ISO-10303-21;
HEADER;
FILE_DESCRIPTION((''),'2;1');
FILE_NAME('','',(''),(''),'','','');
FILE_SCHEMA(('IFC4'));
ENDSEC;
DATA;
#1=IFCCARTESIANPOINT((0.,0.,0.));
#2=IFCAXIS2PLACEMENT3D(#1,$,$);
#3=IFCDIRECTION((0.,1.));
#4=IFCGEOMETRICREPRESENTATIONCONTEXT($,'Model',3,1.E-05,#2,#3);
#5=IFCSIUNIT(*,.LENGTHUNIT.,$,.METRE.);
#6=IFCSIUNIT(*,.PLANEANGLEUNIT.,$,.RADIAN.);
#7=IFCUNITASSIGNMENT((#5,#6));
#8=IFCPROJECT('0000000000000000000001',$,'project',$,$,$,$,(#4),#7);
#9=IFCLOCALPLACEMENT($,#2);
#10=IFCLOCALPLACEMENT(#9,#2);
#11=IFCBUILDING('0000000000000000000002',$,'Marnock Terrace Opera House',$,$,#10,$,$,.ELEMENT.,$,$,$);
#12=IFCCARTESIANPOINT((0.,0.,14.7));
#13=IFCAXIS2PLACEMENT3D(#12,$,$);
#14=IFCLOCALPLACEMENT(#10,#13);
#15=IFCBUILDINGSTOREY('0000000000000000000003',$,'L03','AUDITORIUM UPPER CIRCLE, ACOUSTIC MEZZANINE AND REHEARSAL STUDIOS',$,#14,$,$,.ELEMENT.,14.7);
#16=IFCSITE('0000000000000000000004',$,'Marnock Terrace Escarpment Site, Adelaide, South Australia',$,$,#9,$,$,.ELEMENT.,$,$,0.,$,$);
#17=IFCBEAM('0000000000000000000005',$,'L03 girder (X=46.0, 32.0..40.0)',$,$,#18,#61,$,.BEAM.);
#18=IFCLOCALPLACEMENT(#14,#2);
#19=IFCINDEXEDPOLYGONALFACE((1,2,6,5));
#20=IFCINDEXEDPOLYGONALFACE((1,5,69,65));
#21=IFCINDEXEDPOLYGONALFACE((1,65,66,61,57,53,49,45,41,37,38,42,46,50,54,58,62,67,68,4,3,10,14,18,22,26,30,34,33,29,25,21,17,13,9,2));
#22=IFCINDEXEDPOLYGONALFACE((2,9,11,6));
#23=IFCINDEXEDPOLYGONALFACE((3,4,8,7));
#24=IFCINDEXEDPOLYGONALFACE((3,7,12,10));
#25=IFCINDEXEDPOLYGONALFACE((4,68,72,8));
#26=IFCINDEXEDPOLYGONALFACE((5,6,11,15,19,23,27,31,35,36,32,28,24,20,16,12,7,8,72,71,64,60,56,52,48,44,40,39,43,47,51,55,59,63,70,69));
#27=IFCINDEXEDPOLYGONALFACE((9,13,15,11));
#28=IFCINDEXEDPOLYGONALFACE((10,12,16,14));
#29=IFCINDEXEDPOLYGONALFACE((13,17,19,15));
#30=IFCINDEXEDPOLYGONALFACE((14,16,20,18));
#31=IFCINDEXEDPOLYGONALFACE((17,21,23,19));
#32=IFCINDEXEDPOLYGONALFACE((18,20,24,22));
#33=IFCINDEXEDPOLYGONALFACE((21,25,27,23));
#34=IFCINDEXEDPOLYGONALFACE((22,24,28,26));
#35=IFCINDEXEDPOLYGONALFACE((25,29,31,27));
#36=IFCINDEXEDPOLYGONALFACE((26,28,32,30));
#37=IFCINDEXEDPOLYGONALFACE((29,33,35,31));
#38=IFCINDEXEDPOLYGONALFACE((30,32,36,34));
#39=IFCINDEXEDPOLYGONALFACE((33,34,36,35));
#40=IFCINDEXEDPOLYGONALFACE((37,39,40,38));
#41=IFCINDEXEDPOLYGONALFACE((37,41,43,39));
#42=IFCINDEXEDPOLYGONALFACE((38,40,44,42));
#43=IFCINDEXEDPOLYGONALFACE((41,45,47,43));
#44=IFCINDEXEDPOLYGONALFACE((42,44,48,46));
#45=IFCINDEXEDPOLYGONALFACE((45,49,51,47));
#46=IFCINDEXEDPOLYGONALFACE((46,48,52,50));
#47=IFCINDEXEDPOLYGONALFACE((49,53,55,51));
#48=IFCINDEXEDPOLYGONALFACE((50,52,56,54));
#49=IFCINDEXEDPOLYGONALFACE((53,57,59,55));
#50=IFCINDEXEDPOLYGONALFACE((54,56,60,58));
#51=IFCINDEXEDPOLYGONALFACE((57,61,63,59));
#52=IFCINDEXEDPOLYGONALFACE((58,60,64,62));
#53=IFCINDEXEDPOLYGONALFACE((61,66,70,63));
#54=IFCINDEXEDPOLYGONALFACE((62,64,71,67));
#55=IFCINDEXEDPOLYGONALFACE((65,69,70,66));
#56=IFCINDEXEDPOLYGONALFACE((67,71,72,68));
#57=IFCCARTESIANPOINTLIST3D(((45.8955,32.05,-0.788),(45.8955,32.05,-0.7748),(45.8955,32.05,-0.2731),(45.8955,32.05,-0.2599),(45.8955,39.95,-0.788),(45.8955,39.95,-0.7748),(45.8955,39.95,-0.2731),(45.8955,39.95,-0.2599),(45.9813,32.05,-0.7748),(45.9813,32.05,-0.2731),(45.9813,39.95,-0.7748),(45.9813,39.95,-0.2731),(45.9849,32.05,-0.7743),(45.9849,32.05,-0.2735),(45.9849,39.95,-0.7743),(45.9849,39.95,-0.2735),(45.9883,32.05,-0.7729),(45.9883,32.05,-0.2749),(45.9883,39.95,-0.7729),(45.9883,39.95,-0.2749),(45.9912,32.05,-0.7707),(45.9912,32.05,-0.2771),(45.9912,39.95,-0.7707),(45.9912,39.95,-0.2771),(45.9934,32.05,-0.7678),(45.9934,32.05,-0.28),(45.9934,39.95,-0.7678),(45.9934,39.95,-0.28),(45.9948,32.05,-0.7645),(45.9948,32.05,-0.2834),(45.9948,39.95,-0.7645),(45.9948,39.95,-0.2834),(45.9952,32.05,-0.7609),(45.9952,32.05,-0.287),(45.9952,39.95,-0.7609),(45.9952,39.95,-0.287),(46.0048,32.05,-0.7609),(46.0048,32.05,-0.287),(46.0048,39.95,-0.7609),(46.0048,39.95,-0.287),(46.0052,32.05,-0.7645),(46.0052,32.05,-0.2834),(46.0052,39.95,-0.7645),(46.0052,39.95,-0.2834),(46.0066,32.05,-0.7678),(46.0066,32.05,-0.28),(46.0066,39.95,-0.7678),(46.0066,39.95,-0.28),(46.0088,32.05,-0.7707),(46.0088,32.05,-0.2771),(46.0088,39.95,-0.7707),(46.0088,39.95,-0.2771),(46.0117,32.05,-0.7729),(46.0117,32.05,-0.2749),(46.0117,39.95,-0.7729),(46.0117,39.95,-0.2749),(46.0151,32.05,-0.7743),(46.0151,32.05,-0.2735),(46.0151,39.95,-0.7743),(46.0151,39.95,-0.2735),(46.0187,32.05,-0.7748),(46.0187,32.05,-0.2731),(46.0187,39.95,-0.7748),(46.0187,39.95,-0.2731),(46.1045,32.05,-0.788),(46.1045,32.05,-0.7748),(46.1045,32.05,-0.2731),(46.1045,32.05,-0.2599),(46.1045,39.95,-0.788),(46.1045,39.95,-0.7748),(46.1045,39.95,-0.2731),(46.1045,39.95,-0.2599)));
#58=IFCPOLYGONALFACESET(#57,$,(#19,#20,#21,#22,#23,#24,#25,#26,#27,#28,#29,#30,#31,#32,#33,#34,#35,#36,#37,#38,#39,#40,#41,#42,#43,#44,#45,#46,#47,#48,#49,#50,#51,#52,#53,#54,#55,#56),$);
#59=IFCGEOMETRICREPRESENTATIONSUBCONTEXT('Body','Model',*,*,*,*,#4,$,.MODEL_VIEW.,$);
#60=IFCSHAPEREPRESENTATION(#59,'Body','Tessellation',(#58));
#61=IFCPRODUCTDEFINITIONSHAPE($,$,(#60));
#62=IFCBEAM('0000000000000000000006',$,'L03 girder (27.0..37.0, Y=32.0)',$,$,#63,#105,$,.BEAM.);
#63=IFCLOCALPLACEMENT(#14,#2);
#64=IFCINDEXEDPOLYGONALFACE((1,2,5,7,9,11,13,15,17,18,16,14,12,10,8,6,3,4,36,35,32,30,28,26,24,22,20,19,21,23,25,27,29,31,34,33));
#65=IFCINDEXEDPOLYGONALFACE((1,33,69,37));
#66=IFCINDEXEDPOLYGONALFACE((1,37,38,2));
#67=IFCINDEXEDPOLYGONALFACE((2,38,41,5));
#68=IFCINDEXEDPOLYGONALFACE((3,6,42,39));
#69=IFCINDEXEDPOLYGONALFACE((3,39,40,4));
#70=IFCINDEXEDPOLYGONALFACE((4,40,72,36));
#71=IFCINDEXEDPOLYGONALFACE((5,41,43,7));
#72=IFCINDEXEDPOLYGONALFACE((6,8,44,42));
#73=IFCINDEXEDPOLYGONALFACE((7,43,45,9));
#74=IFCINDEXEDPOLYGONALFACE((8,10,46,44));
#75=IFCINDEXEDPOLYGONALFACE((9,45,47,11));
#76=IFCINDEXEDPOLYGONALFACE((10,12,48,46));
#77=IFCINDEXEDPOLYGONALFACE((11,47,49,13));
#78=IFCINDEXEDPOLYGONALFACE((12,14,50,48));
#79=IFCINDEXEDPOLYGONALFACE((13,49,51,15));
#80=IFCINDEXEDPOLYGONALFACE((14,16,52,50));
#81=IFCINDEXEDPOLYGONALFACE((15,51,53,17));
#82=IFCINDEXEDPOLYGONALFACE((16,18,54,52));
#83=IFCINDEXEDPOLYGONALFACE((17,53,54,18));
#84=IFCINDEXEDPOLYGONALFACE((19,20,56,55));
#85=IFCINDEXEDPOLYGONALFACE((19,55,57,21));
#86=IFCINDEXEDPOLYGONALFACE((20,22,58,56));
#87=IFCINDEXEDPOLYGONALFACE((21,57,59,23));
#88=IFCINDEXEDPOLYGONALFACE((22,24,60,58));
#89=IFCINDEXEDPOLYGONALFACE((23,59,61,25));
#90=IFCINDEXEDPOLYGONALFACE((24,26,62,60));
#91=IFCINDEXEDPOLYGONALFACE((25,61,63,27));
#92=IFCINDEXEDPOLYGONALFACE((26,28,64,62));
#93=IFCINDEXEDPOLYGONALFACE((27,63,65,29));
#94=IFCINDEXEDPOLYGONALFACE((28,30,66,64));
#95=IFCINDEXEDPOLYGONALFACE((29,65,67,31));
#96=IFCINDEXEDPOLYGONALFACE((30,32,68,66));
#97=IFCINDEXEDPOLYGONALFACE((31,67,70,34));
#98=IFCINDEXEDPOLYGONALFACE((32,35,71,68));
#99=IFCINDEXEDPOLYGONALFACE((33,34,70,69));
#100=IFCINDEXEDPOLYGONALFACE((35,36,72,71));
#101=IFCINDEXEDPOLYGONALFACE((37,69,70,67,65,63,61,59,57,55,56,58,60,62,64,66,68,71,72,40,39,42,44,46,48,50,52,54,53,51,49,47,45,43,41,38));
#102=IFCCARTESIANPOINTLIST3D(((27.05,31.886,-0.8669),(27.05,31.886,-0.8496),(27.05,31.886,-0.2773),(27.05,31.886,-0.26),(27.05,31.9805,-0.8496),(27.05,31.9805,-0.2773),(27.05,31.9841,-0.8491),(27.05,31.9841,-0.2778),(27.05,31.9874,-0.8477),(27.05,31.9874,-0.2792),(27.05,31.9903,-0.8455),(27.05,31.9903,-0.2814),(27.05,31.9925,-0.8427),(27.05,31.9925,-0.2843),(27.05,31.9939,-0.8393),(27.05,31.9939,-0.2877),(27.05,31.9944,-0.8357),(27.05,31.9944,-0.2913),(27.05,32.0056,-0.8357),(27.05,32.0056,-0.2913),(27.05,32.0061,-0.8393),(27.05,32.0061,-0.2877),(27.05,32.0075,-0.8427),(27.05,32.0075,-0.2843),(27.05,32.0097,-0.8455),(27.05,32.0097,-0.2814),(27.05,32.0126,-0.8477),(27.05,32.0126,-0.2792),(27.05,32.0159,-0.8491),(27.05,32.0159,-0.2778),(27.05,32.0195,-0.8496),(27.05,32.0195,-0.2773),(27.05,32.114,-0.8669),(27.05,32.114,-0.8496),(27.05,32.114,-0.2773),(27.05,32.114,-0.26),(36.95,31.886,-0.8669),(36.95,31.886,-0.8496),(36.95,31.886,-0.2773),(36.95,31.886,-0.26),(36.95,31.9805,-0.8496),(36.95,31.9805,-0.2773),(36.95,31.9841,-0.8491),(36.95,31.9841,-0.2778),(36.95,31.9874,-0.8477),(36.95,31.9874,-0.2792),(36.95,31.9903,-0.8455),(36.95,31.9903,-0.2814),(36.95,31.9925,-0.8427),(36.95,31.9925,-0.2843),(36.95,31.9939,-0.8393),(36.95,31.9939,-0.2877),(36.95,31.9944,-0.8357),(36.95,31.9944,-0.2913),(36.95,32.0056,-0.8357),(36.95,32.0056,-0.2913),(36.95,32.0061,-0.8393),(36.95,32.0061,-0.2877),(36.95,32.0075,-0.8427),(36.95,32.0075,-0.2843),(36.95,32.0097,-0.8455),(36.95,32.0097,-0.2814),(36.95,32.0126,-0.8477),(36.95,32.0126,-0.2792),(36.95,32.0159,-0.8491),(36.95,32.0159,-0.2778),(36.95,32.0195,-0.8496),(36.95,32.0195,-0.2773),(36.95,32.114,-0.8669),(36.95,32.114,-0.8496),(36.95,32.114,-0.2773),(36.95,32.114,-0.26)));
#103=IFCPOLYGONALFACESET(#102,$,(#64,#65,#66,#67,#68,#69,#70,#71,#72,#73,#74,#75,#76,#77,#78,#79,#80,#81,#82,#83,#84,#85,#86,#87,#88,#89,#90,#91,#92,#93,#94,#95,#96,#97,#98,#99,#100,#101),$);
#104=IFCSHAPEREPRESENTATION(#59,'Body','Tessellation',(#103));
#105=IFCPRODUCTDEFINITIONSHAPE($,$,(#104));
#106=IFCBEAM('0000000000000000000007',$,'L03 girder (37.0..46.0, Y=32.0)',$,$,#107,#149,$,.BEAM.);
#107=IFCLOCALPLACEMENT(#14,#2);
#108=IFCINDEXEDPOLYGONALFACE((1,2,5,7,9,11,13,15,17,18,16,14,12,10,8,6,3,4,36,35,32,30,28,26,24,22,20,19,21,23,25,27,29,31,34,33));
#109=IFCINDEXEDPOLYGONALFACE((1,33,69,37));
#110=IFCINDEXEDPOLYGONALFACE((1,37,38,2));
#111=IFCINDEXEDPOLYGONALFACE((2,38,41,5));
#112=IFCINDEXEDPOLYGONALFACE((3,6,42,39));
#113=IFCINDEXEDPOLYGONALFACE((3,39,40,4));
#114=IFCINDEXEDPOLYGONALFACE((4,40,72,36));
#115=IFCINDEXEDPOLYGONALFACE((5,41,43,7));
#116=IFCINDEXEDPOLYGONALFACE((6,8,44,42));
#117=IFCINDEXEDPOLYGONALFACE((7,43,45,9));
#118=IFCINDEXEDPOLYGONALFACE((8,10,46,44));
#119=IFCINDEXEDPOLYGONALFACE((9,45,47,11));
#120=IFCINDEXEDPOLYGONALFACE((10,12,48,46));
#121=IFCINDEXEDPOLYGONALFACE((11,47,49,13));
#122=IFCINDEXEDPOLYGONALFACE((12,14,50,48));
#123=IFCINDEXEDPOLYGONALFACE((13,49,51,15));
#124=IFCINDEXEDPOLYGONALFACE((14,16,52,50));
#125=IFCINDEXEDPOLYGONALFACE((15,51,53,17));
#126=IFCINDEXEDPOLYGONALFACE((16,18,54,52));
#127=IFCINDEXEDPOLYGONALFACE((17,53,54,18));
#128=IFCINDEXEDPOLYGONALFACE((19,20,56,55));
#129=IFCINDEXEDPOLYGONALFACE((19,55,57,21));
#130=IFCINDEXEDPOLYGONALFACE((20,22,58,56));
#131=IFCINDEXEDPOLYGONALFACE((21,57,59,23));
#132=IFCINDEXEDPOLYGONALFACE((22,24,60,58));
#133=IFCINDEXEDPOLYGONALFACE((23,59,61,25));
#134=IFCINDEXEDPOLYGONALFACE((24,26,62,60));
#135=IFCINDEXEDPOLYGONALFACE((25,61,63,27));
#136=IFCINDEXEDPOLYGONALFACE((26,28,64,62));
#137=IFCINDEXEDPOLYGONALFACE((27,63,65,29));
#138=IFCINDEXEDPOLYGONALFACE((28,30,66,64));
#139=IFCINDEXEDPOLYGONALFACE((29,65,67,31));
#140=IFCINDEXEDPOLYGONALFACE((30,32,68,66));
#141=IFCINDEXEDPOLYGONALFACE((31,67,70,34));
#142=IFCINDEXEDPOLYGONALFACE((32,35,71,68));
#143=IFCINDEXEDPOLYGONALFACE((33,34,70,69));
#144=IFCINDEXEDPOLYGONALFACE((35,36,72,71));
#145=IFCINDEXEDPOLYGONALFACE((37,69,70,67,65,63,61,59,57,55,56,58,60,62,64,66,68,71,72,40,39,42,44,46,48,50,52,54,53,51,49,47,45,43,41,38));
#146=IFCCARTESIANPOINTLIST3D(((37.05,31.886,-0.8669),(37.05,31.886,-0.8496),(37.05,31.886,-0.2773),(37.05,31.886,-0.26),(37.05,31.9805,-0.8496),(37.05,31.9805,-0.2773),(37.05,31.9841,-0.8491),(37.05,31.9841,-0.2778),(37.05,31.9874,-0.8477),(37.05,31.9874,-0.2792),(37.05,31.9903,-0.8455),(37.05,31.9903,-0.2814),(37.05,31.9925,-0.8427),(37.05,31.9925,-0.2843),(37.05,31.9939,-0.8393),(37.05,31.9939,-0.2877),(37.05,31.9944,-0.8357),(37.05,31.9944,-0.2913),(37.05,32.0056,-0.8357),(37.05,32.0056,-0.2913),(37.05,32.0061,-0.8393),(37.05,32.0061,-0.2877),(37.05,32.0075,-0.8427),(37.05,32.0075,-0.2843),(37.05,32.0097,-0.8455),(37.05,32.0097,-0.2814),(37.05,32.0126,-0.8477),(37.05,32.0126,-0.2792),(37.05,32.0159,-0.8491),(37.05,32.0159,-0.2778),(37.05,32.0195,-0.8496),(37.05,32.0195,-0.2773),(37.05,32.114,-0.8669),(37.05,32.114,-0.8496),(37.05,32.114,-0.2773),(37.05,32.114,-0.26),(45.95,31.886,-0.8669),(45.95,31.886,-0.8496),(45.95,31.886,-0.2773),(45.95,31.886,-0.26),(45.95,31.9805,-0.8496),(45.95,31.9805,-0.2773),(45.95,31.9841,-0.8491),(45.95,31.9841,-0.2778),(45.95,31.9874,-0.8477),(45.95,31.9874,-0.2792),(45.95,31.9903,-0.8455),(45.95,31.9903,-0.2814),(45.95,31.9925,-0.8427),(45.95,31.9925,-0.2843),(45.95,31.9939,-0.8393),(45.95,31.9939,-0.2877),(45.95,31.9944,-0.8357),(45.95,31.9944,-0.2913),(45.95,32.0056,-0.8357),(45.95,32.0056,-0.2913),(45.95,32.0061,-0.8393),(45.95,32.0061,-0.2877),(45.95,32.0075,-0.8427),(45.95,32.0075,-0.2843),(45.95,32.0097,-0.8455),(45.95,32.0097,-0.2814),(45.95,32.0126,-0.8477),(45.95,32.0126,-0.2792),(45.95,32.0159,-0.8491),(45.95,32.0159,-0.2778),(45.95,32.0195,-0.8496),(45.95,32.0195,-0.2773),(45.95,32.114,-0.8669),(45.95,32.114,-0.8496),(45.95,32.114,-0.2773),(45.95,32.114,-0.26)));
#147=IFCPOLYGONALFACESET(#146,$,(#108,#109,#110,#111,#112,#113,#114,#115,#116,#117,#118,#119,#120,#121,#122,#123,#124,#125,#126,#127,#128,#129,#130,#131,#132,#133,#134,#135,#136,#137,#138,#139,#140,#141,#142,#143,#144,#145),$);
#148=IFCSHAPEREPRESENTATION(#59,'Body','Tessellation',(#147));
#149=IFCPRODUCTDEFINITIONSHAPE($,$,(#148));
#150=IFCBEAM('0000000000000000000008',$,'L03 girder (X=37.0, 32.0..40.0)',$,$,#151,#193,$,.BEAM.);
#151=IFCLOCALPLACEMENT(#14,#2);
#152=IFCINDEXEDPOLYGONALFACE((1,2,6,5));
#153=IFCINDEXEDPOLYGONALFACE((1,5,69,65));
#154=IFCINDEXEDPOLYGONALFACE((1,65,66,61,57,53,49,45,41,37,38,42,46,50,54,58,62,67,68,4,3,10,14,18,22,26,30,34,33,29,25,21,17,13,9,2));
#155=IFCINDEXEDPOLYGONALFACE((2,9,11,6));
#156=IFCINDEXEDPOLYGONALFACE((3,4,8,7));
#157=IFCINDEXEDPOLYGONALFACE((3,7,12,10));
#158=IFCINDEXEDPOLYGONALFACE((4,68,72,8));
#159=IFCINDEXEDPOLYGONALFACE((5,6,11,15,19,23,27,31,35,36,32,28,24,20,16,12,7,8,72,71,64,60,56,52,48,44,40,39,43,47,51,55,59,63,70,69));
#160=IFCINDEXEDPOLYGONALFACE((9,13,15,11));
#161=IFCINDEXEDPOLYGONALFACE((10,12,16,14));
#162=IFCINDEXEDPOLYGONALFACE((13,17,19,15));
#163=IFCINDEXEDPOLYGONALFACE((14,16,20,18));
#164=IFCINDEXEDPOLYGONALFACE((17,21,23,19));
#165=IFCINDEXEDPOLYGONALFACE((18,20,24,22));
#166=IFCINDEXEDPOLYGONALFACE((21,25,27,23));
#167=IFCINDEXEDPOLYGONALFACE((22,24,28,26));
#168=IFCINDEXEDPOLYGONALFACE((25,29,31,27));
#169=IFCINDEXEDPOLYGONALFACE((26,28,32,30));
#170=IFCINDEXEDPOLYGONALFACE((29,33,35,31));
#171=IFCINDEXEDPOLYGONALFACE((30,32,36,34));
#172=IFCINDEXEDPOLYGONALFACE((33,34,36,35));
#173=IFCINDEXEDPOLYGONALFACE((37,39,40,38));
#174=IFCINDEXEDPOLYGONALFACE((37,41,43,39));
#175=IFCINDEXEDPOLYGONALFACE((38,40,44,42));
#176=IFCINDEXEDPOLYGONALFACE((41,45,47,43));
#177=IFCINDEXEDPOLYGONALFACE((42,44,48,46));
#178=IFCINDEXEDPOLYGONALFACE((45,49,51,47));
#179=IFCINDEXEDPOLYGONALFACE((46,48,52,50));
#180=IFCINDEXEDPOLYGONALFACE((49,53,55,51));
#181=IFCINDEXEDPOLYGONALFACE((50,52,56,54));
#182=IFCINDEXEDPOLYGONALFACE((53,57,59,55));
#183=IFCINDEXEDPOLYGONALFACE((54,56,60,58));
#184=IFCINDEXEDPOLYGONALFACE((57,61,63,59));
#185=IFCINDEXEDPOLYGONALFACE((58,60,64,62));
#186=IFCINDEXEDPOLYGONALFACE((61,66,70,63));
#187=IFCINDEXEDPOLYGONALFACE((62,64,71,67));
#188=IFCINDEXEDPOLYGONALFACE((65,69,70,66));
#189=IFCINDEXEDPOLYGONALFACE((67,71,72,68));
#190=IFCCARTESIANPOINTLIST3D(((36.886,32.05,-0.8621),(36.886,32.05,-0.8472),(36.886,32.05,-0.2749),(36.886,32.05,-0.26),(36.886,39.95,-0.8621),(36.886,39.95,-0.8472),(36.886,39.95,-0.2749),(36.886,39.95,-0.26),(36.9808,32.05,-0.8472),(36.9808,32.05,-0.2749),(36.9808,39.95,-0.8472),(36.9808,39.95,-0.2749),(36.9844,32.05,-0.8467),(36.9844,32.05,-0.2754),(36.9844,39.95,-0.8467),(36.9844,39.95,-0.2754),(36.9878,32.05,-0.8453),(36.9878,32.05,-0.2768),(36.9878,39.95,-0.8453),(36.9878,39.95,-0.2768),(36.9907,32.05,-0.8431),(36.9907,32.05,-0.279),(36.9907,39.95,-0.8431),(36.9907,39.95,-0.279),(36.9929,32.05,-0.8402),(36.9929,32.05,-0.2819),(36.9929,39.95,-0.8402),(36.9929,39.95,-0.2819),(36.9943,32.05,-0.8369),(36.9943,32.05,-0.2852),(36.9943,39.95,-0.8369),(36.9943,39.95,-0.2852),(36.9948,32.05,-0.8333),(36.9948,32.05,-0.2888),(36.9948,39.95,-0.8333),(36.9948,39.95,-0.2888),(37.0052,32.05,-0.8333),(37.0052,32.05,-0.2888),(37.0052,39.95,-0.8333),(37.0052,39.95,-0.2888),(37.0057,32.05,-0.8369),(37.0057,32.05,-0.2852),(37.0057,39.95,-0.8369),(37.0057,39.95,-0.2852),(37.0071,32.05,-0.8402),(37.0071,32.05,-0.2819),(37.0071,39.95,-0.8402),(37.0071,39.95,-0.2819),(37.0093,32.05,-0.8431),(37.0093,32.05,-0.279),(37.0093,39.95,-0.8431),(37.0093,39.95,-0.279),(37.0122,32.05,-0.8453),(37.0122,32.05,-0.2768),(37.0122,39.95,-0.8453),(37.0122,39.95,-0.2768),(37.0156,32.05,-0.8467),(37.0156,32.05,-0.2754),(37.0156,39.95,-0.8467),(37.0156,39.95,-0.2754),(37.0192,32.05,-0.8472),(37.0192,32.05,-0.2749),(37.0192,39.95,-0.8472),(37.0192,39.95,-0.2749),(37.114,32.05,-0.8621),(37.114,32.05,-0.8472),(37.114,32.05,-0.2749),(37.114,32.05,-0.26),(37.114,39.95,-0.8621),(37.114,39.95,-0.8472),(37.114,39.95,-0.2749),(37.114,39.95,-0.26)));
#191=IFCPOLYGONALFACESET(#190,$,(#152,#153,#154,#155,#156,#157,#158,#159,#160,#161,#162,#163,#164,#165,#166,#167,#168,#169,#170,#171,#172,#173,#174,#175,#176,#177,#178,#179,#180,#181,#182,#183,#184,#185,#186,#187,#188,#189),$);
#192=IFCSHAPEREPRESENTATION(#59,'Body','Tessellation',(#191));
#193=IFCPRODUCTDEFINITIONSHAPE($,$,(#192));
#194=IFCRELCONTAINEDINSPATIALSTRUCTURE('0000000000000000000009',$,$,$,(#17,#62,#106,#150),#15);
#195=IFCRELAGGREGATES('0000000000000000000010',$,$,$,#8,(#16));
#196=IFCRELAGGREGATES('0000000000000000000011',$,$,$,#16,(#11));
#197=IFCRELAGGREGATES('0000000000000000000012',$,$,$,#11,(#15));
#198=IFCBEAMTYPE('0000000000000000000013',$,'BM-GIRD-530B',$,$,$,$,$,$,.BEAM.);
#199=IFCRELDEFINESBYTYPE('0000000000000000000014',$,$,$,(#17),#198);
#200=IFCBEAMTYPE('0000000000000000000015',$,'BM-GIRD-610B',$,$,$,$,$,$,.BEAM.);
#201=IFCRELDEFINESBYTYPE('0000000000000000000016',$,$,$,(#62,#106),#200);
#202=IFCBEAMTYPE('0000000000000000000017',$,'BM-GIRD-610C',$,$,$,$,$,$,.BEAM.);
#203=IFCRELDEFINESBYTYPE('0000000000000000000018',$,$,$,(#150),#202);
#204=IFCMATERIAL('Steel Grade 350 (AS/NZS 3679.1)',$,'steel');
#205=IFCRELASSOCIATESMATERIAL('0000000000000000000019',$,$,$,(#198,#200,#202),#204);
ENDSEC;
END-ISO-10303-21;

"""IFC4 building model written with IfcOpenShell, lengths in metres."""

from ifc_helpers import new_model, si_unit, direction, frame, origin, origin_2d, place, context, subcontext, project, spatial, i_section, extrude, material, material_profile, profile_set, type_object, element, save


model = new_model("IFC4")

# Units and contexts
model_context = context("Model", 3, precision=1e-05, world=origin(), true_north=direction((0.0, 1.0)))
body_context = subcontext(model_context, "Body", "Model", "MODEL_VIEW")
ifc_project = project(units=[si_unit("LENGTHUNIT", "METRE"), si_unit("PLANEANGLEUNIT", "RADIAN")], contexts=[model_context])

# Site, building, storey
site_placement = place(None, origin())
site = spatial("IfcSite", under=ifc_project, at=site_placement, Name="Marnock Terrace Escarpment Site, Adelaide, South Australia", CompositionType="ELEMENT", RefElevation=0.0)
building_placement = place(site_placement, origin())
building = spatial("IfcBuilding", under=site, at=building_placement, Name="Marnock Terrace Opera House", CompositionType="ELEMENT")
storey_placement = place(building_placement, frame((0.0, 0.0, 14.7)))
storey = spatial("IfcBuildingStorey", under=building, at=storey_placement, Name="L03", Description="AUDITORIUM UPPER CIRCLE, ACOUSTIC MEZZANINE AND REHEARSAL STUDIOS", CompositionType="ELEMENT", Elevation=14.7)

# Shared definitions
ifc_material_1 = material(Name="Steel Grade 350 (AS/NZS 3679.1)", Category="steel")

# Beams
ifc_material_profile_1 = material_profile(ifc_material_1, i_section(OverallWidth=0.209, OverallDepth=0.5281, WebThickness=0.0095, FlangeThickness=0.0132, FilletRadius=0.0139, at=origin_2d()))
ifc_profile_set_1 = profile_set([ifc_material_profile_1], Name="Steel Grade 350 (AS/NZS 3679.1)")
beam_type_1 = type_object("IfcBeamType", Name="BM-GIRD-530B", PredefinedType="BEAM", material=ifc_profile_set_1)
beam_1_placement = place(storey_placement, frame((46.0, 32.05, -0.5239), z_axis=(0.0, 1.0, 0.0), x_axis=(-1.0, 0.0, 0.0)))
element("IfcBeam", 1, at=beam_1_placement, inside=storey, type_object=beam_type_1, Name="L03 girder (X=46.0, 32.0..40.0)", PredefinedType="BEAM", context=body_context, shape_type="SweptSolid", body=[
    extrude(i_section(OverallWidth=0.209, OverallDepth=0.5281, WebThickness=0.0095, FlangeThickness=0.0132, FilletRadius=0.0139, at=origin_2d()), origin(), (0.0, 0.0, 1.0), 7.8999),
])
ifc_material_profile_2 = material_profile(ifc_material_1, i_section(OverallWidth=0.228, OverallDepth=0.6069, WebThickness=0.0112, FlangeThickness=0.0173, FilletRadius=0.0139, at=origin_2d()))
ifc_profile_set_2 = profile_set([ifc_material_profile_2], Name="Steel Grade 350 (AS/NZS 3679.1)")
beam_type_2 = type_object("IfcBeamType", Name="BM-GIRD-610B", PredefinedType="BEAM", material=ifc_profile_set_2)
beam_2_placement = place(storey_placement, frame((27.05, 32.0, -0.5635), z_axis=(1.0, 0.0, 0.0), x_axis=(0.0, 1.0, 0.0)))
element("IfcBeam", 2, at=beam_2_placement, inside=storey, type_object=beam_type_2, Name="L03 girder (27.0..37.0, Y=32.0)", PredefinedType="BEAM", context=body_context, shape_type="SweptSolid", body=[
    extrude(i_section(OverallWidth=0.228, OverallDepth=0.6069, WebThickness=0.0112, FlangeThickness=0.0173, FilletRadius=0.0139, at=origin_2d()), origin(), (0.0, 0.0, 1.0), 9.8999),
])
beam_3_placement = place(storey_placement, frame((37.05, 32.0, -0.5635), z_axis=(1.0, 0.0, 0.0), x_axis=(0.0, 1.0, 0.0)))
element("IfcBeam", 3, at=beam_3_placement, inside=storey, type_object=beam_type_2, Name="L03 girder (37.0..46.0, Y=32.0)", PredefinedType="BEAM", context=body_context, shape_type="SweptSolid", body=[
    extrude(i_section(OverallWidth=0.228, OverallDepth=0.6069, WebThickness=0.0112, FlangeThickness=0.0173, FilletRadius=0.0139, at=origin_2d()), origin(), (0.0, 0.0, 1.0), 8.8999),
])
ifc_material_profile_3 = material_profile(ifc_material_1, i_section(OverallWidth=0.228, OverallDepth=0.6021, WebThickness=0.0105, FlangeThickness=0.0149, FilletRadius=0.0139, at=origin_2d()))
ifc_profile_set_3 = profile_set([ifc_material_profile_3], Name="Steel Grade 350 (AS/NZS 3679.1)")
beam_type_3 = type_object("IfcBeamType", Name="BM-GIRD-610C", PredefinedType="BEAM", material=ifc_profile_set_3)
for number, where, z_axis, x_axis, name in (
    (4, (37.0, 32.05, -0.561), (0.0, 1.0, 0.0), (-1.0, 0.0, 0.0), "L03 girder (X=37.0, 32.0..40.0)"),
):
    element("IfcBeam", number, at=place(storey_placement, frame(where, z_axis=z_axis, x_axis=x_axis)), inside=storey, type_object=beam_type_3, Name=name, PredefinedType="BEAM", context=body_context, shape_type="SweptSolid", body=[
        extrude(i_section(OverallWidth=0.228, OverallDepth=0.6021, WebThickness=0.0105, FlangeThickness=0.0149, FilletRadius=0.0139, at=origin_2d()), origin(), (0.0, 0.0, 1.0), 7.8999),
    ])

save(model, "model.ifc")
